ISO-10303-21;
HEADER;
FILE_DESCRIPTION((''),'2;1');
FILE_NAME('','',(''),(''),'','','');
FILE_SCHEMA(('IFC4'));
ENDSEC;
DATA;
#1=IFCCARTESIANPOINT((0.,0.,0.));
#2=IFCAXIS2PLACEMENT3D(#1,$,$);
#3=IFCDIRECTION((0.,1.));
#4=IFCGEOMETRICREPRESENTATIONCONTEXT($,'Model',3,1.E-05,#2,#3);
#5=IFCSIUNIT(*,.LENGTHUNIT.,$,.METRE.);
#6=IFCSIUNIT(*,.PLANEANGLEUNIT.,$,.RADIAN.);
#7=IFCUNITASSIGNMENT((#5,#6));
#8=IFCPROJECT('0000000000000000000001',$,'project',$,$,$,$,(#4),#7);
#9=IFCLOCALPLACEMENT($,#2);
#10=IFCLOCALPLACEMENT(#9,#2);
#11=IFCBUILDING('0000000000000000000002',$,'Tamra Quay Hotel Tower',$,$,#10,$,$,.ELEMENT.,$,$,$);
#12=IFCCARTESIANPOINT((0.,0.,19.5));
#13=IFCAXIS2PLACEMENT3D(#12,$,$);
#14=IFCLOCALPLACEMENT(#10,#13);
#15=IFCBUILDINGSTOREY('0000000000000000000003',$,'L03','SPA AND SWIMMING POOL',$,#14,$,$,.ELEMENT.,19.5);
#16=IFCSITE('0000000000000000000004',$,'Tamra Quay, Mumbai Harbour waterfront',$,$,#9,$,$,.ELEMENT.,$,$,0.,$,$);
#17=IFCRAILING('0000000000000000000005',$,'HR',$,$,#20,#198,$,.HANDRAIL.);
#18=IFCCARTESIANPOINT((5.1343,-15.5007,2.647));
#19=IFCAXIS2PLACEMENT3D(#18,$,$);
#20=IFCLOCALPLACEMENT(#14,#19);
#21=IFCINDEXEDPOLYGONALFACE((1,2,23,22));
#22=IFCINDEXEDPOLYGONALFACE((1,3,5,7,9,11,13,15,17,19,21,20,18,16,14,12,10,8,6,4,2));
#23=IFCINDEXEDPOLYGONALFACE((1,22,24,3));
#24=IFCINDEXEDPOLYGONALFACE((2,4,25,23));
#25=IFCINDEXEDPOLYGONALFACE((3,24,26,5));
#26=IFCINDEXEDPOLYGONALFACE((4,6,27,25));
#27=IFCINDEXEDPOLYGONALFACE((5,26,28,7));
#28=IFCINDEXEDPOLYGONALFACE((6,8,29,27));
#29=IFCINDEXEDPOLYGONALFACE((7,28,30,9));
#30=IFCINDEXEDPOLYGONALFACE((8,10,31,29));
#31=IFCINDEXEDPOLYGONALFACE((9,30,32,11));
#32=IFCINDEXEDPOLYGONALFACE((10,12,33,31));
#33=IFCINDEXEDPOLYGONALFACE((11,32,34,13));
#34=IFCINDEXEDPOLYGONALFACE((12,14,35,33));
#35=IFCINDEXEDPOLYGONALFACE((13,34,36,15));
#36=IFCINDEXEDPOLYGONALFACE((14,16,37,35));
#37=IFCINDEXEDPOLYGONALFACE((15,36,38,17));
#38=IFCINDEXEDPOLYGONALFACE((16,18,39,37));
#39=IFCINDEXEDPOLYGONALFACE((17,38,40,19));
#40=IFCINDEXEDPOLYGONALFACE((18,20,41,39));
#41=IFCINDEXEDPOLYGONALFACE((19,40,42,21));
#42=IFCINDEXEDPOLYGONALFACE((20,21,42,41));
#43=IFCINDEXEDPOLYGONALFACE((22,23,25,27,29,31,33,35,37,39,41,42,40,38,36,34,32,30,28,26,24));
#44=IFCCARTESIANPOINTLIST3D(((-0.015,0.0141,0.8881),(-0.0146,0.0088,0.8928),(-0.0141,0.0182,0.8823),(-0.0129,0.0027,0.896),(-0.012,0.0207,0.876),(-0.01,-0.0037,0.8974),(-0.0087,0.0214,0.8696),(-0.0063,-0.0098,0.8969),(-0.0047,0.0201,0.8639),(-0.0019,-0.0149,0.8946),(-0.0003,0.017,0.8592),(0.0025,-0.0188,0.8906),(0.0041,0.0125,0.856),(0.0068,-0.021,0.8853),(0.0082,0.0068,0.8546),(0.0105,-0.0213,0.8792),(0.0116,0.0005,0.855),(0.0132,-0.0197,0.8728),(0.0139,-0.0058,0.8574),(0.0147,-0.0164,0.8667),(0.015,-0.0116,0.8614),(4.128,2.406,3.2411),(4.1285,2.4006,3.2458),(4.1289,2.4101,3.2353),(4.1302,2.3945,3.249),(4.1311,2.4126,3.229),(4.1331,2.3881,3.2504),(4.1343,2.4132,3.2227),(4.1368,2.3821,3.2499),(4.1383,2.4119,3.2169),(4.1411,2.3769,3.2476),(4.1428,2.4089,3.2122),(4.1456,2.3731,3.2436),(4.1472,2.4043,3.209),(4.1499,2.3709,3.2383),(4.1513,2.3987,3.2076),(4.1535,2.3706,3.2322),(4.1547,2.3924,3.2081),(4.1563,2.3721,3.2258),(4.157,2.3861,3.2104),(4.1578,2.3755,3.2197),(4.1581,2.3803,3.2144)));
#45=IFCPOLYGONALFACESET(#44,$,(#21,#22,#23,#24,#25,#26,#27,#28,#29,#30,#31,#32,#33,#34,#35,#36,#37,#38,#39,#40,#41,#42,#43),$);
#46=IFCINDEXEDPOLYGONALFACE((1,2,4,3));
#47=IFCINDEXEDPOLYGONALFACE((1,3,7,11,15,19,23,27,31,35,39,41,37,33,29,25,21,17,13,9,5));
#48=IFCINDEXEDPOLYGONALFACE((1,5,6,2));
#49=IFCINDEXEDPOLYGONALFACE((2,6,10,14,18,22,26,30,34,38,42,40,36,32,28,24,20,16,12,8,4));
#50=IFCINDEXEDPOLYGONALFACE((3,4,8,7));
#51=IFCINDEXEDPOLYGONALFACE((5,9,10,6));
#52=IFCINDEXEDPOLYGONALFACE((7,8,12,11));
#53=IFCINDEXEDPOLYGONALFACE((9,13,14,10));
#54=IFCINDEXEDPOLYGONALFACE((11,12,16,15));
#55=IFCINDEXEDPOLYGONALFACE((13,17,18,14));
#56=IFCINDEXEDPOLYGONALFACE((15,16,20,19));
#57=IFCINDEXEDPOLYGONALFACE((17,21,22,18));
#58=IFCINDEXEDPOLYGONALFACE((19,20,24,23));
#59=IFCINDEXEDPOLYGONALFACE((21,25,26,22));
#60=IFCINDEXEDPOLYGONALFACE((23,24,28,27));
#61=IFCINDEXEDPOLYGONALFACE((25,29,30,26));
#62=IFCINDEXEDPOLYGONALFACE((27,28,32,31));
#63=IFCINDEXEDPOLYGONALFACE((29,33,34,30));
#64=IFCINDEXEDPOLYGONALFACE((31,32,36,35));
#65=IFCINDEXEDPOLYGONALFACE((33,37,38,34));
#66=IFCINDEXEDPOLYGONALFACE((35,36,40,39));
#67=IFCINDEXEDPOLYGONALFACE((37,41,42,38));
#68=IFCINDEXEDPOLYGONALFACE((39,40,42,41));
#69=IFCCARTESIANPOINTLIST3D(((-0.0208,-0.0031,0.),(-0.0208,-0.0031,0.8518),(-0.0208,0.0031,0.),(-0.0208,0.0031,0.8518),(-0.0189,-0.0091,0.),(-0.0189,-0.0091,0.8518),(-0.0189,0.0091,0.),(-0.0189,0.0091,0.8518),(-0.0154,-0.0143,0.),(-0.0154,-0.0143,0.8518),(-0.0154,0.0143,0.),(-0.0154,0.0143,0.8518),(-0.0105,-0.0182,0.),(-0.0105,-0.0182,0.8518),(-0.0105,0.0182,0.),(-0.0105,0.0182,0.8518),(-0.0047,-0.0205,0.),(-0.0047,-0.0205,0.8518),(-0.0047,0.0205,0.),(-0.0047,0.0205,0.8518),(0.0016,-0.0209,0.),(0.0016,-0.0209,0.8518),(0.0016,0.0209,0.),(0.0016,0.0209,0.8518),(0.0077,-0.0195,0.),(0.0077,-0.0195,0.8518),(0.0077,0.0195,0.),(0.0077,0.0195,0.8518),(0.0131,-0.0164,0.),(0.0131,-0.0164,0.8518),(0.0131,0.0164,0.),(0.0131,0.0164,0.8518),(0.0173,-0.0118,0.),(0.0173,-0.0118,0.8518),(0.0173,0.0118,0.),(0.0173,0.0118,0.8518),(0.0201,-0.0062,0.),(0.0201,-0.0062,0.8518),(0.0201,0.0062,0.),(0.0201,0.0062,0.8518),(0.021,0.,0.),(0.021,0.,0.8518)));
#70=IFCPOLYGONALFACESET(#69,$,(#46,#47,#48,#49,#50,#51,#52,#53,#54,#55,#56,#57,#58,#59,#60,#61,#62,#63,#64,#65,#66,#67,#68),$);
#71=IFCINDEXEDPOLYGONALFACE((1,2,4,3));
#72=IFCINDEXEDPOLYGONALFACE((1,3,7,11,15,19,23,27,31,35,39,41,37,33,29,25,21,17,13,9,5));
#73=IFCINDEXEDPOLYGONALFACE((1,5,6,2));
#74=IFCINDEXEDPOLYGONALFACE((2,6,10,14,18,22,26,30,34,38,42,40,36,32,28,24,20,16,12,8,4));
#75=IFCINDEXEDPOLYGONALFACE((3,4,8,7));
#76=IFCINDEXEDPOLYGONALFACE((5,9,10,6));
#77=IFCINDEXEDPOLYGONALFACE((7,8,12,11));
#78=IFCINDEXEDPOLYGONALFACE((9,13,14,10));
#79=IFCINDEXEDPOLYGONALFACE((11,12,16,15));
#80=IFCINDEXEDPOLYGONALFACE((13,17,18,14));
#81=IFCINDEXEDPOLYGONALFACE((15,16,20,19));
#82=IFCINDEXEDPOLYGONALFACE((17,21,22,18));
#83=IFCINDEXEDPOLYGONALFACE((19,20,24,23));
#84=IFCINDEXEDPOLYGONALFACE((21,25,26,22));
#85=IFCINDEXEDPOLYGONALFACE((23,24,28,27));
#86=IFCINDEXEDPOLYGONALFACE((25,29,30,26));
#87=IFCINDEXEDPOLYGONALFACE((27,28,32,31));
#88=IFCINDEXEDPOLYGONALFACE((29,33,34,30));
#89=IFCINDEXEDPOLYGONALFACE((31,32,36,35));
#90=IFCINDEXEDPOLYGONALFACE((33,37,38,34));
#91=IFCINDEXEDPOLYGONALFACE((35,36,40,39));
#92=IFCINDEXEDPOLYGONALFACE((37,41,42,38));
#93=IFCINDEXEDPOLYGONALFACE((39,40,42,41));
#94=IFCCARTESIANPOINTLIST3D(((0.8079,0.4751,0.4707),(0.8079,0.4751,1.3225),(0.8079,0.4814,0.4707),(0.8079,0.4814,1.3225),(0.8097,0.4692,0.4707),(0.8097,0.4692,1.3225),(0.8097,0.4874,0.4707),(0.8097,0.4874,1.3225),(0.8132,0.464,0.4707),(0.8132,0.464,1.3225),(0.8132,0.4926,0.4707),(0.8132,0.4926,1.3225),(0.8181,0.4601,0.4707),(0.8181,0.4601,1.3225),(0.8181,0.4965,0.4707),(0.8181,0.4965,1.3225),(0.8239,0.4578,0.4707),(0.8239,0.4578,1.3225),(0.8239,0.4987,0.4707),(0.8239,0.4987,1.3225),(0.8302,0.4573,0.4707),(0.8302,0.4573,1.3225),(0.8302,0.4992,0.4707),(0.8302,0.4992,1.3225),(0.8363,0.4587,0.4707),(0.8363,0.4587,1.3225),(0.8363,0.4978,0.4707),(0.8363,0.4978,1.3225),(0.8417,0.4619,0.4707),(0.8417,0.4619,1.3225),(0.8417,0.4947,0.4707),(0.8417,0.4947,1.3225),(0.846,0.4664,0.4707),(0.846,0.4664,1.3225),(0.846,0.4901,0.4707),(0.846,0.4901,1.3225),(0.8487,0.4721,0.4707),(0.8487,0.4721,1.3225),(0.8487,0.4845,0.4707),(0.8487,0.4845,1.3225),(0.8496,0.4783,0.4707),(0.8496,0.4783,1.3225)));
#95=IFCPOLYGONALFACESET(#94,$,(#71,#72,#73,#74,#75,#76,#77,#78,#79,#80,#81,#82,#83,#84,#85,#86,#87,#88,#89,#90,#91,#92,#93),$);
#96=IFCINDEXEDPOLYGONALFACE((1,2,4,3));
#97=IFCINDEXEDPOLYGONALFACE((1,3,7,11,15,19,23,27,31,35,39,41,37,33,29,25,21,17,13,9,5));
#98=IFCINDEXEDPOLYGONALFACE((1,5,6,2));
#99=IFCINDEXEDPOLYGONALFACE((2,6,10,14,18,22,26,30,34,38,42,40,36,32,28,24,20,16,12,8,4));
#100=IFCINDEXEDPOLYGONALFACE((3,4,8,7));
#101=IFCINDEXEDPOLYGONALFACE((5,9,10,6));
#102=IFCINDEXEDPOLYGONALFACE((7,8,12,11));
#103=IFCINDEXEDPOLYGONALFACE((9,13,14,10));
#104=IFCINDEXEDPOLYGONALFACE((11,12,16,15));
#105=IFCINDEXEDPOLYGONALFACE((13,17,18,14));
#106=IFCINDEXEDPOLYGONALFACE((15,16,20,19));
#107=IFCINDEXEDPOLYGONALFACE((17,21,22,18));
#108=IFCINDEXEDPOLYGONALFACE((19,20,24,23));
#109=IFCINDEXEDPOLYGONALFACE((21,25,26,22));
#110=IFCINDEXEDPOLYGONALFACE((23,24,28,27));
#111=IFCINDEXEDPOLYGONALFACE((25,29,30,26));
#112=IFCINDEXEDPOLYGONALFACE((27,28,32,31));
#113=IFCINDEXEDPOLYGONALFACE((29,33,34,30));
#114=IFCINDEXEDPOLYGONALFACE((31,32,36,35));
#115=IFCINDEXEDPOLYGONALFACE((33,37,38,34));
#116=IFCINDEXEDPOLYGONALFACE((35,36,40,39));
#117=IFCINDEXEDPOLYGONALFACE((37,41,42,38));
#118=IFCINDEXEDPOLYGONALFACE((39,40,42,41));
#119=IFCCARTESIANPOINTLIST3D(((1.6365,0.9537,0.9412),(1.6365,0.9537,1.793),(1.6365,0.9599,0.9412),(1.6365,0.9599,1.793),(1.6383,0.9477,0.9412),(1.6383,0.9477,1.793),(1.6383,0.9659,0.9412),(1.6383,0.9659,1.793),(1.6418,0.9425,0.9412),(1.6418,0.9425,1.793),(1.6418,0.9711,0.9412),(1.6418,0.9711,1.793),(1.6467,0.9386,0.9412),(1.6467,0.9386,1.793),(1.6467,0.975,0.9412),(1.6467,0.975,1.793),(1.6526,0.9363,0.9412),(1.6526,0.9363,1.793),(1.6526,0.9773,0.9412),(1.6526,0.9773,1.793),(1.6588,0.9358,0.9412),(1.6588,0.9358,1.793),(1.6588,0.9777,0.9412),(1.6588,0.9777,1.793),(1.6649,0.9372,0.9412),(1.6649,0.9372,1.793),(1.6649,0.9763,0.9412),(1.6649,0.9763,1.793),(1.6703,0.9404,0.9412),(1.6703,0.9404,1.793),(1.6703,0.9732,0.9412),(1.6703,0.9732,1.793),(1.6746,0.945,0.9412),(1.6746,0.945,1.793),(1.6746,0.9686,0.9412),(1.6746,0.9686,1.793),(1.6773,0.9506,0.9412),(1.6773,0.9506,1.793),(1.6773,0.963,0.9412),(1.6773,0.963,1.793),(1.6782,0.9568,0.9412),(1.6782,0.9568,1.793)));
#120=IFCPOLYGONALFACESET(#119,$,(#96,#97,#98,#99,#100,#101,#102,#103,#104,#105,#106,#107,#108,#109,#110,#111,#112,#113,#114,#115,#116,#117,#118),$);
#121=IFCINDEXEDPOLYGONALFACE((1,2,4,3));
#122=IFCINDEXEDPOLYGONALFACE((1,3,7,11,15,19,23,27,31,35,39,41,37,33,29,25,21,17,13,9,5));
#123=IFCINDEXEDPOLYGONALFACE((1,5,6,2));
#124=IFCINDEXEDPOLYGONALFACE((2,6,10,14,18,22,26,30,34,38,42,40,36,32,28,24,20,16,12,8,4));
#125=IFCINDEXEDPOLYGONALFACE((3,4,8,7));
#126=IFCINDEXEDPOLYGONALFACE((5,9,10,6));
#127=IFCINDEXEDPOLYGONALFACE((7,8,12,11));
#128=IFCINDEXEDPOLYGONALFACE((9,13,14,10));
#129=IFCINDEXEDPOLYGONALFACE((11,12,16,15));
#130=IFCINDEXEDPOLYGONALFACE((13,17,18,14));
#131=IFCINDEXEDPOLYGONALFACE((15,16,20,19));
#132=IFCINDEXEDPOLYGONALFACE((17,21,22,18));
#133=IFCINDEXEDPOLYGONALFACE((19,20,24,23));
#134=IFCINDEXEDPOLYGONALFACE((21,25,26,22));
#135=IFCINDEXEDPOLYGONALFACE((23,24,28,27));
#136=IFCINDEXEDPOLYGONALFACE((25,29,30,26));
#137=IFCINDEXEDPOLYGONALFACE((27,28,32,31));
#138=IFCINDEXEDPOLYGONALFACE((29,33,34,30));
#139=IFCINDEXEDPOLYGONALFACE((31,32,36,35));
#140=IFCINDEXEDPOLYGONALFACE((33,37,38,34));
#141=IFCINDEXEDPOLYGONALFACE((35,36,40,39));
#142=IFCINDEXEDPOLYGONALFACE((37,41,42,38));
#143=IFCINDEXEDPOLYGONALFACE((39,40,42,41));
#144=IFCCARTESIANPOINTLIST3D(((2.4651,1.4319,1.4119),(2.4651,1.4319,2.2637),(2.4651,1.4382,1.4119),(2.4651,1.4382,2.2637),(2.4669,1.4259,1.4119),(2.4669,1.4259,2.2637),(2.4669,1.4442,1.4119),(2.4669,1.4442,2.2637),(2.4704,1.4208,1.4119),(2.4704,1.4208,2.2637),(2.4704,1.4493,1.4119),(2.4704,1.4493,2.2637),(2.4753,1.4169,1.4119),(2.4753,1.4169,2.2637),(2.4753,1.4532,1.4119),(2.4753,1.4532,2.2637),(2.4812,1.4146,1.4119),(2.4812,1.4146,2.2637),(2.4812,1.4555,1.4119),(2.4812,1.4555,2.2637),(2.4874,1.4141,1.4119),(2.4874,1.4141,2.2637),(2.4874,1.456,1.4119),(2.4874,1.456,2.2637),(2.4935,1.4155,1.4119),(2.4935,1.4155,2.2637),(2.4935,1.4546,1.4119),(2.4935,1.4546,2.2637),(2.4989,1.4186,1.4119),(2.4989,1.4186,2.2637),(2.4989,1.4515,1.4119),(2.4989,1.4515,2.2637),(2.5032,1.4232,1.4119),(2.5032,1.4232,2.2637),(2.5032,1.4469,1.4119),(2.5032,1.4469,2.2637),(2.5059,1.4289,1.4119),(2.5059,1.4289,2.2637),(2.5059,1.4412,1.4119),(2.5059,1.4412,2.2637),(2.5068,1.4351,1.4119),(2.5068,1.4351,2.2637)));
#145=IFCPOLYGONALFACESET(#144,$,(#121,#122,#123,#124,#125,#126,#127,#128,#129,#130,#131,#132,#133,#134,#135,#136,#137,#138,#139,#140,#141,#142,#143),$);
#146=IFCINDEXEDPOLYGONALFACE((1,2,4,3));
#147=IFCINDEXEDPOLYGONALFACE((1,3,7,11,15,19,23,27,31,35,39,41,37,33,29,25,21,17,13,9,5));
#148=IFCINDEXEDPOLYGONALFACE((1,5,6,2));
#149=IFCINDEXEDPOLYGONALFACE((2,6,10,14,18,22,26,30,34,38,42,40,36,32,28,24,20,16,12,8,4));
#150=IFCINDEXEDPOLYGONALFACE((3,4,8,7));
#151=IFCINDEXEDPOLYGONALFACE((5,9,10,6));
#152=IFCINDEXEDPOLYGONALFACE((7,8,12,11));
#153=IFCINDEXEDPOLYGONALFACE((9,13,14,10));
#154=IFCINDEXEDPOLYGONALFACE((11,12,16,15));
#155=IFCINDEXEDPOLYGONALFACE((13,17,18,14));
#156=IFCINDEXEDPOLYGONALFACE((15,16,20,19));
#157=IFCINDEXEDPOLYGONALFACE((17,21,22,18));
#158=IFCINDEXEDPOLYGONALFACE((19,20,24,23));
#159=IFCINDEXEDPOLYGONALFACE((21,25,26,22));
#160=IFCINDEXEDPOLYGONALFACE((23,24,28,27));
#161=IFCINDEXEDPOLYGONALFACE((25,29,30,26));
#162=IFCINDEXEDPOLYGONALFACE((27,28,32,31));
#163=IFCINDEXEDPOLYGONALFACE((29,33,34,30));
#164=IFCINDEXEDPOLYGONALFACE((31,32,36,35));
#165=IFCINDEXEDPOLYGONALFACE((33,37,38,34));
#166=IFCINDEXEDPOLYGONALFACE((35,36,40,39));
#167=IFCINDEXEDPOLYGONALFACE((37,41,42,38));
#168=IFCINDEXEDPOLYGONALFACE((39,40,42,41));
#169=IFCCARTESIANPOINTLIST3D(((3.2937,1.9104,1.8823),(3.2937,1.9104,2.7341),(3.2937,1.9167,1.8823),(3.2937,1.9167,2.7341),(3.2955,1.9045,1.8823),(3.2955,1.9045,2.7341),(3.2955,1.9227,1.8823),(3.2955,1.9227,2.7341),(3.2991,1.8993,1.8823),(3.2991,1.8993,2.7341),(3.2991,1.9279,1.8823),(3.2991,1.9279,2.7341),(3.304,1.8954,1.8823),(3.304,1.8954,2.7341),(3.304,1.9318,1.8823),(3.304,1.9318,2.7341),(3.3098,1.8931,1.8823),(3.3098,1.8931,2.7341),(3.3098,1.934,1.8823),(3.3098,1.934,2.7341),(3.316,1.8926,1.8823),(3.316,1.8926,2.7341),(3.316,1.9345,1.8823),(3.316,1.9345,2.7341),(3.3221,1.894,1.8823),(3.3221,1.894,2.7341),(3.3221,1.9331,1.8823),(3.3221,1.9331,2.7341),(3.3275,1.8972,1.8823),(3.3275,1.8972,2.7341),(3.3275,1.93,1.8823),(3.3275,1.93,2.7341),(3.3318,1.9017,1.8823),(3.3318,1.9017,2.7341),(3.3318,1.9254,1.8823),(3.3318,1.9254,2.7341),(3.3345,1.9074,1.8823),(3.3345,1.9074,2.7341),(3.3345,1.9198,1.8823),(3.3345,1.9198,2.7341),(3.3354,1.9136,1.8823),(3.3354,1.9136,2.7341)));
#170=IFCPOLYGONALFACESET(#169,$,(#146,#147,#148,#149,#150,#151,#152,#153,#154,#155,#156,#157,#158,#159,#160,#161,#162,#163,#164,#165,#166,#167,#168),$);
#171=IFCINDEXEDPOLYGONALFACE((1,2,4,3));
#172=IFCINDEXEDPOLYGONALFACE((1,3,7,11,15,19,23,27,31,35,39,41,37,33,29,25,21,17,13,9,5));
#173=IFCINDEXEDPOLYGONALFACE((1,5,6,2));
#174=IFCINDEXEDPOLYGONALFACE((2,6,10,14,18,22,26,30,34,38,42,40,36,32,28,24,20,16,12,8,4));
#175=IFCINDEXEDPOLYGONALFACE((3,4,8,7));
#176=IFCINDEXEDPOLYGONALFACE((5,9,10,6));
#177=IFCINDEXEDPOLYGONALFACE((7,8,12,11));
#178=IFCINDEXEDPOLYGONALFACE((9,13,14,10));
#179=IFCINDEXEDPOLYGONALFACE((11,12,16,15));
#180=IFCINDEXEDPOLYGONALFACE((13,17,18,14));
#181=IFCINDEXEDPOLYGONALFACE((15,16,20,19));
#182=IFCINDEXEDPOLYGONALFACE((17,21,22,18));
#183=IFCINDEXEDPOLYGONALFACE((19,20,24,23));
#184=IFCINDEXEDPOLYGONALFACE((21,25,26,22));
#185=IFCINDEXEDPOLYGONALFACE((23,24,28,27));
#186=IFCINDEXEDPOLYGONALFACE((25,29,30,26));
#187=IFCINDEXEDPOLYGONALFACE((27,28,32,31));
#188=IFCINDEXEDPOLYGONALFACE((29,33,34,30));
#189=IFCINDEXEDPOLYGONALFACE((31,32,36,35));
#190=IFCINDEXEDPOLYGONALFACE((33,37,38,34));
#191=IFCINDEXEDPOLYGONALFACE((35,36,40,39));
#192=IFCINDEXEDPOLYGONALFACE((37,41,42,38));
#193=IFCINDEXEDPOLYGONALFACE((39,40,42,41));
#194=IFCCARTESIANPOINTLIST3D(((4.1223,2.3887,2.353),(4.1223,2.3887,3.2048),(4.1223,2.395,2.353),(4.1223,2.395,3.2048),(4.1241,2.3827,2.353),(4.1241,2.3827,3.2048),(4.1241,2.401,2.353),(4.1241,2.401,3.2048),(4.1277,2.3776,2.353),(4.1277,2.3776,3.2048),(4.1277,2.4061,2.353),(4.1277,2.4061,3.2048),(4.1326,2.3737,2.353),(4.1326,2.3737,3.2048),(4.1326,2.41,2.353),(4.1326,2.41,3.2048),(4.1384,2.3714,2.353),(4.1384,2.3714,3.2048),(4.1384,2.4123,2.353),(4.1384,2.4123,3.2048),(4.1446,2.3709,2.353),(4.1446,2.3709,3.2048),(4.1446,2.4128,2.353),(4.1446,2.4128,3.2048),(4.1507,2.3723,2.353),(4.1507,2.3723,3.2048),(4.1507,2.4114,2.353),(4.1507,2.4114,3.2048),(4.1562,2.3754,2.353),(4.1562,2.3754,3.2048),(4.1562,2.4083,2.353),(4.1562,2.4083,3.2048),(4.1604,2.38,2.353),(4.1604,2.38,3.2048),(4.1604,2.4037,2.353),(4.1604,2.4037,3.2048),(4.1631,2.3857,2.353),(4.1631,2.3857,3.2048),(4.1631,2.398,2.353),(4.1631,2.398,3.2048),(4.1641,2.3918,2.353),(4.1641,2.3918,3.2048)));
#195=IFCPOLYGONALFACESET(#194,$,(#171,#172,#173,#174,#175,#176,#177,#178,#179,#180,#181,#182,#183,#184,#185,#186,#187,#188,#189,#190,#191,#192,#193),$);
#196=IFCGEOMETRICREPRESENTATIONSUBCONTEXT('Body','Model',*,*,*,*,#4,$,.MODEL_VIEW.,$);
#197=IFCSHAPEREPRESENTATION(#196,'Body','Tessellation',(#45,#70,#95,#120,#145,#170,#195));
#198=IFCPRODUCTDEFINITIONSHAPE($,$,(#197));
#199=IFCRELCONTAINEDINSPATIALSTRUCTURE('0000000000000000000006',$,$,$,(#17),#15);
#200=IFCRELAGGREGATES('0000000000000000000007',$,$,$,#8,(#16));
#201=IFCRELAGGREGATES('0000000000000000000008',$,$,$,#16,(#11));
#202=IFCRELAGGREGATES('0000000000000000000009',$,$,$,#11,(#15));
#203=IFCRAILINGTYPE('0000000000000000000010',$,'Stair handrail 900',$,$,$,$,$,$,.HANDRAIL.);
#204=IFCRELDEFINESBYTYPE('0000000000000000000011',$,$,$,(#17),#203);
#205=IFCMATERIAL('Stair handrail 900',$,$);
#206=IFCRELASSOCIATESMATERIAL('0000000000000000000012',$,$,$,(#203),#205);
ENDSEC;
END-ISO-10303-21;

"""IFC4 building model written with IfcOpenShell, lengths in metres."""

from ifc_helpers import new_model, si_unit, direction, frame, origin, origin_2d, place, context, subcontext, project, spatial, circle, extrude, material, type_object, element, save


model = new_model("IFC4")

# Units and contexts
model_context = context("Model", 3, precision=1e-05, world=origin(), true_north=direction((0.0, 1.0)))
body_context = subcontext(model_context, "Body", "Model", "MODEL_VIEW")
ifc_project = project(units=[si_unit("LENGTHUNIT", "METRE"), si_unit("PLANEANGLEUNIT", "RADIAN")], contexts=[model_context])

# Site, building, storey
site_placement = place(None, origin())
site = spatial("IfcSite", under=ifc_project, at=site_placement, Name="Tamra Quay, Mumbai Harbour waterfront", CompositionType="ELEMENT", RefElevation=0.0)
building_placement = place(site_placement, origin())
building = spatial("IfcBuilding", under=site, at=building_placement, Name="Tamra Quay Hotel Tower", CompositionType="ELEMENT")
storey_placement = place(building_placement, frame((0.0, 0.0, 19.5)))
storey = spatial("IfcBuildingStorey", under=building, at=storey_placement, Name="L03", Description="SPA AND SWIMMING POOL", CompositionType="ELEMENT", Elevation=19.5)

# Railing
ifc_material_1 = material(Name="Stair handrail 900")
railing_type = type_object("IfcRailingType", Name="Stair handrail 900", PredefinedType="HANDRAIL", material=ifc_material_1)
railing_placement = place(storey_placement, frame((5.1343, -15.5007, 2.647)))
element("IfcRailing", 1, at=railing_placement, inside=storey, type_object=railing_type, Name="HR", PredefinedType="HANDRAIL", context=body_context, shape_type="SweptSolid", body=[
    extrude(circle(Radius=0.0239, at=origin_2d()), frame((0.0, 0.0, 0.876), z_axis=(0.777123, 0.448643, 0.441362), x_axis=(-0.499976, 0.866039, 0.0)), (0.0, 0.0, 1.0), 5.3313),
    extrude(circle(Radius=0.021, at=origin_2d()), origin(), (0.0, 0.0, 1.0), 0.8518),
    extrude(circle(Radius=0.021, at=origin_2d()), frame((0.8286, 0.4783, 0.4707)), (0.0, 0.0, 1.0), 0.8518),
    extrude(circle(Radius=0.021, at=origin_2d()), frame((1.6572, 0.9568, 0.9412)), (0.0, 0.0, 1.0), 0.8518),
    extrude(circle(Radius=0.021, at=origin_2d()), frame((2.4858, 1.4351, 1.4119)), (0.0, 0.0, 1.0), 0.8518),
    extrude(circle(Radius=0.021, at=origin_2d()), frame((3.3145, 1.9136, 1.8823)), (0.0, 0.0, 1.0), 0.8518),
    extrude(circle(Radius=0.021, at=origin_2d()), frame((4.1431, 2.3918, 2.353)), (0.0, 0.0, 1.0), 0.8518),
])

save(model, "model.ifc")
